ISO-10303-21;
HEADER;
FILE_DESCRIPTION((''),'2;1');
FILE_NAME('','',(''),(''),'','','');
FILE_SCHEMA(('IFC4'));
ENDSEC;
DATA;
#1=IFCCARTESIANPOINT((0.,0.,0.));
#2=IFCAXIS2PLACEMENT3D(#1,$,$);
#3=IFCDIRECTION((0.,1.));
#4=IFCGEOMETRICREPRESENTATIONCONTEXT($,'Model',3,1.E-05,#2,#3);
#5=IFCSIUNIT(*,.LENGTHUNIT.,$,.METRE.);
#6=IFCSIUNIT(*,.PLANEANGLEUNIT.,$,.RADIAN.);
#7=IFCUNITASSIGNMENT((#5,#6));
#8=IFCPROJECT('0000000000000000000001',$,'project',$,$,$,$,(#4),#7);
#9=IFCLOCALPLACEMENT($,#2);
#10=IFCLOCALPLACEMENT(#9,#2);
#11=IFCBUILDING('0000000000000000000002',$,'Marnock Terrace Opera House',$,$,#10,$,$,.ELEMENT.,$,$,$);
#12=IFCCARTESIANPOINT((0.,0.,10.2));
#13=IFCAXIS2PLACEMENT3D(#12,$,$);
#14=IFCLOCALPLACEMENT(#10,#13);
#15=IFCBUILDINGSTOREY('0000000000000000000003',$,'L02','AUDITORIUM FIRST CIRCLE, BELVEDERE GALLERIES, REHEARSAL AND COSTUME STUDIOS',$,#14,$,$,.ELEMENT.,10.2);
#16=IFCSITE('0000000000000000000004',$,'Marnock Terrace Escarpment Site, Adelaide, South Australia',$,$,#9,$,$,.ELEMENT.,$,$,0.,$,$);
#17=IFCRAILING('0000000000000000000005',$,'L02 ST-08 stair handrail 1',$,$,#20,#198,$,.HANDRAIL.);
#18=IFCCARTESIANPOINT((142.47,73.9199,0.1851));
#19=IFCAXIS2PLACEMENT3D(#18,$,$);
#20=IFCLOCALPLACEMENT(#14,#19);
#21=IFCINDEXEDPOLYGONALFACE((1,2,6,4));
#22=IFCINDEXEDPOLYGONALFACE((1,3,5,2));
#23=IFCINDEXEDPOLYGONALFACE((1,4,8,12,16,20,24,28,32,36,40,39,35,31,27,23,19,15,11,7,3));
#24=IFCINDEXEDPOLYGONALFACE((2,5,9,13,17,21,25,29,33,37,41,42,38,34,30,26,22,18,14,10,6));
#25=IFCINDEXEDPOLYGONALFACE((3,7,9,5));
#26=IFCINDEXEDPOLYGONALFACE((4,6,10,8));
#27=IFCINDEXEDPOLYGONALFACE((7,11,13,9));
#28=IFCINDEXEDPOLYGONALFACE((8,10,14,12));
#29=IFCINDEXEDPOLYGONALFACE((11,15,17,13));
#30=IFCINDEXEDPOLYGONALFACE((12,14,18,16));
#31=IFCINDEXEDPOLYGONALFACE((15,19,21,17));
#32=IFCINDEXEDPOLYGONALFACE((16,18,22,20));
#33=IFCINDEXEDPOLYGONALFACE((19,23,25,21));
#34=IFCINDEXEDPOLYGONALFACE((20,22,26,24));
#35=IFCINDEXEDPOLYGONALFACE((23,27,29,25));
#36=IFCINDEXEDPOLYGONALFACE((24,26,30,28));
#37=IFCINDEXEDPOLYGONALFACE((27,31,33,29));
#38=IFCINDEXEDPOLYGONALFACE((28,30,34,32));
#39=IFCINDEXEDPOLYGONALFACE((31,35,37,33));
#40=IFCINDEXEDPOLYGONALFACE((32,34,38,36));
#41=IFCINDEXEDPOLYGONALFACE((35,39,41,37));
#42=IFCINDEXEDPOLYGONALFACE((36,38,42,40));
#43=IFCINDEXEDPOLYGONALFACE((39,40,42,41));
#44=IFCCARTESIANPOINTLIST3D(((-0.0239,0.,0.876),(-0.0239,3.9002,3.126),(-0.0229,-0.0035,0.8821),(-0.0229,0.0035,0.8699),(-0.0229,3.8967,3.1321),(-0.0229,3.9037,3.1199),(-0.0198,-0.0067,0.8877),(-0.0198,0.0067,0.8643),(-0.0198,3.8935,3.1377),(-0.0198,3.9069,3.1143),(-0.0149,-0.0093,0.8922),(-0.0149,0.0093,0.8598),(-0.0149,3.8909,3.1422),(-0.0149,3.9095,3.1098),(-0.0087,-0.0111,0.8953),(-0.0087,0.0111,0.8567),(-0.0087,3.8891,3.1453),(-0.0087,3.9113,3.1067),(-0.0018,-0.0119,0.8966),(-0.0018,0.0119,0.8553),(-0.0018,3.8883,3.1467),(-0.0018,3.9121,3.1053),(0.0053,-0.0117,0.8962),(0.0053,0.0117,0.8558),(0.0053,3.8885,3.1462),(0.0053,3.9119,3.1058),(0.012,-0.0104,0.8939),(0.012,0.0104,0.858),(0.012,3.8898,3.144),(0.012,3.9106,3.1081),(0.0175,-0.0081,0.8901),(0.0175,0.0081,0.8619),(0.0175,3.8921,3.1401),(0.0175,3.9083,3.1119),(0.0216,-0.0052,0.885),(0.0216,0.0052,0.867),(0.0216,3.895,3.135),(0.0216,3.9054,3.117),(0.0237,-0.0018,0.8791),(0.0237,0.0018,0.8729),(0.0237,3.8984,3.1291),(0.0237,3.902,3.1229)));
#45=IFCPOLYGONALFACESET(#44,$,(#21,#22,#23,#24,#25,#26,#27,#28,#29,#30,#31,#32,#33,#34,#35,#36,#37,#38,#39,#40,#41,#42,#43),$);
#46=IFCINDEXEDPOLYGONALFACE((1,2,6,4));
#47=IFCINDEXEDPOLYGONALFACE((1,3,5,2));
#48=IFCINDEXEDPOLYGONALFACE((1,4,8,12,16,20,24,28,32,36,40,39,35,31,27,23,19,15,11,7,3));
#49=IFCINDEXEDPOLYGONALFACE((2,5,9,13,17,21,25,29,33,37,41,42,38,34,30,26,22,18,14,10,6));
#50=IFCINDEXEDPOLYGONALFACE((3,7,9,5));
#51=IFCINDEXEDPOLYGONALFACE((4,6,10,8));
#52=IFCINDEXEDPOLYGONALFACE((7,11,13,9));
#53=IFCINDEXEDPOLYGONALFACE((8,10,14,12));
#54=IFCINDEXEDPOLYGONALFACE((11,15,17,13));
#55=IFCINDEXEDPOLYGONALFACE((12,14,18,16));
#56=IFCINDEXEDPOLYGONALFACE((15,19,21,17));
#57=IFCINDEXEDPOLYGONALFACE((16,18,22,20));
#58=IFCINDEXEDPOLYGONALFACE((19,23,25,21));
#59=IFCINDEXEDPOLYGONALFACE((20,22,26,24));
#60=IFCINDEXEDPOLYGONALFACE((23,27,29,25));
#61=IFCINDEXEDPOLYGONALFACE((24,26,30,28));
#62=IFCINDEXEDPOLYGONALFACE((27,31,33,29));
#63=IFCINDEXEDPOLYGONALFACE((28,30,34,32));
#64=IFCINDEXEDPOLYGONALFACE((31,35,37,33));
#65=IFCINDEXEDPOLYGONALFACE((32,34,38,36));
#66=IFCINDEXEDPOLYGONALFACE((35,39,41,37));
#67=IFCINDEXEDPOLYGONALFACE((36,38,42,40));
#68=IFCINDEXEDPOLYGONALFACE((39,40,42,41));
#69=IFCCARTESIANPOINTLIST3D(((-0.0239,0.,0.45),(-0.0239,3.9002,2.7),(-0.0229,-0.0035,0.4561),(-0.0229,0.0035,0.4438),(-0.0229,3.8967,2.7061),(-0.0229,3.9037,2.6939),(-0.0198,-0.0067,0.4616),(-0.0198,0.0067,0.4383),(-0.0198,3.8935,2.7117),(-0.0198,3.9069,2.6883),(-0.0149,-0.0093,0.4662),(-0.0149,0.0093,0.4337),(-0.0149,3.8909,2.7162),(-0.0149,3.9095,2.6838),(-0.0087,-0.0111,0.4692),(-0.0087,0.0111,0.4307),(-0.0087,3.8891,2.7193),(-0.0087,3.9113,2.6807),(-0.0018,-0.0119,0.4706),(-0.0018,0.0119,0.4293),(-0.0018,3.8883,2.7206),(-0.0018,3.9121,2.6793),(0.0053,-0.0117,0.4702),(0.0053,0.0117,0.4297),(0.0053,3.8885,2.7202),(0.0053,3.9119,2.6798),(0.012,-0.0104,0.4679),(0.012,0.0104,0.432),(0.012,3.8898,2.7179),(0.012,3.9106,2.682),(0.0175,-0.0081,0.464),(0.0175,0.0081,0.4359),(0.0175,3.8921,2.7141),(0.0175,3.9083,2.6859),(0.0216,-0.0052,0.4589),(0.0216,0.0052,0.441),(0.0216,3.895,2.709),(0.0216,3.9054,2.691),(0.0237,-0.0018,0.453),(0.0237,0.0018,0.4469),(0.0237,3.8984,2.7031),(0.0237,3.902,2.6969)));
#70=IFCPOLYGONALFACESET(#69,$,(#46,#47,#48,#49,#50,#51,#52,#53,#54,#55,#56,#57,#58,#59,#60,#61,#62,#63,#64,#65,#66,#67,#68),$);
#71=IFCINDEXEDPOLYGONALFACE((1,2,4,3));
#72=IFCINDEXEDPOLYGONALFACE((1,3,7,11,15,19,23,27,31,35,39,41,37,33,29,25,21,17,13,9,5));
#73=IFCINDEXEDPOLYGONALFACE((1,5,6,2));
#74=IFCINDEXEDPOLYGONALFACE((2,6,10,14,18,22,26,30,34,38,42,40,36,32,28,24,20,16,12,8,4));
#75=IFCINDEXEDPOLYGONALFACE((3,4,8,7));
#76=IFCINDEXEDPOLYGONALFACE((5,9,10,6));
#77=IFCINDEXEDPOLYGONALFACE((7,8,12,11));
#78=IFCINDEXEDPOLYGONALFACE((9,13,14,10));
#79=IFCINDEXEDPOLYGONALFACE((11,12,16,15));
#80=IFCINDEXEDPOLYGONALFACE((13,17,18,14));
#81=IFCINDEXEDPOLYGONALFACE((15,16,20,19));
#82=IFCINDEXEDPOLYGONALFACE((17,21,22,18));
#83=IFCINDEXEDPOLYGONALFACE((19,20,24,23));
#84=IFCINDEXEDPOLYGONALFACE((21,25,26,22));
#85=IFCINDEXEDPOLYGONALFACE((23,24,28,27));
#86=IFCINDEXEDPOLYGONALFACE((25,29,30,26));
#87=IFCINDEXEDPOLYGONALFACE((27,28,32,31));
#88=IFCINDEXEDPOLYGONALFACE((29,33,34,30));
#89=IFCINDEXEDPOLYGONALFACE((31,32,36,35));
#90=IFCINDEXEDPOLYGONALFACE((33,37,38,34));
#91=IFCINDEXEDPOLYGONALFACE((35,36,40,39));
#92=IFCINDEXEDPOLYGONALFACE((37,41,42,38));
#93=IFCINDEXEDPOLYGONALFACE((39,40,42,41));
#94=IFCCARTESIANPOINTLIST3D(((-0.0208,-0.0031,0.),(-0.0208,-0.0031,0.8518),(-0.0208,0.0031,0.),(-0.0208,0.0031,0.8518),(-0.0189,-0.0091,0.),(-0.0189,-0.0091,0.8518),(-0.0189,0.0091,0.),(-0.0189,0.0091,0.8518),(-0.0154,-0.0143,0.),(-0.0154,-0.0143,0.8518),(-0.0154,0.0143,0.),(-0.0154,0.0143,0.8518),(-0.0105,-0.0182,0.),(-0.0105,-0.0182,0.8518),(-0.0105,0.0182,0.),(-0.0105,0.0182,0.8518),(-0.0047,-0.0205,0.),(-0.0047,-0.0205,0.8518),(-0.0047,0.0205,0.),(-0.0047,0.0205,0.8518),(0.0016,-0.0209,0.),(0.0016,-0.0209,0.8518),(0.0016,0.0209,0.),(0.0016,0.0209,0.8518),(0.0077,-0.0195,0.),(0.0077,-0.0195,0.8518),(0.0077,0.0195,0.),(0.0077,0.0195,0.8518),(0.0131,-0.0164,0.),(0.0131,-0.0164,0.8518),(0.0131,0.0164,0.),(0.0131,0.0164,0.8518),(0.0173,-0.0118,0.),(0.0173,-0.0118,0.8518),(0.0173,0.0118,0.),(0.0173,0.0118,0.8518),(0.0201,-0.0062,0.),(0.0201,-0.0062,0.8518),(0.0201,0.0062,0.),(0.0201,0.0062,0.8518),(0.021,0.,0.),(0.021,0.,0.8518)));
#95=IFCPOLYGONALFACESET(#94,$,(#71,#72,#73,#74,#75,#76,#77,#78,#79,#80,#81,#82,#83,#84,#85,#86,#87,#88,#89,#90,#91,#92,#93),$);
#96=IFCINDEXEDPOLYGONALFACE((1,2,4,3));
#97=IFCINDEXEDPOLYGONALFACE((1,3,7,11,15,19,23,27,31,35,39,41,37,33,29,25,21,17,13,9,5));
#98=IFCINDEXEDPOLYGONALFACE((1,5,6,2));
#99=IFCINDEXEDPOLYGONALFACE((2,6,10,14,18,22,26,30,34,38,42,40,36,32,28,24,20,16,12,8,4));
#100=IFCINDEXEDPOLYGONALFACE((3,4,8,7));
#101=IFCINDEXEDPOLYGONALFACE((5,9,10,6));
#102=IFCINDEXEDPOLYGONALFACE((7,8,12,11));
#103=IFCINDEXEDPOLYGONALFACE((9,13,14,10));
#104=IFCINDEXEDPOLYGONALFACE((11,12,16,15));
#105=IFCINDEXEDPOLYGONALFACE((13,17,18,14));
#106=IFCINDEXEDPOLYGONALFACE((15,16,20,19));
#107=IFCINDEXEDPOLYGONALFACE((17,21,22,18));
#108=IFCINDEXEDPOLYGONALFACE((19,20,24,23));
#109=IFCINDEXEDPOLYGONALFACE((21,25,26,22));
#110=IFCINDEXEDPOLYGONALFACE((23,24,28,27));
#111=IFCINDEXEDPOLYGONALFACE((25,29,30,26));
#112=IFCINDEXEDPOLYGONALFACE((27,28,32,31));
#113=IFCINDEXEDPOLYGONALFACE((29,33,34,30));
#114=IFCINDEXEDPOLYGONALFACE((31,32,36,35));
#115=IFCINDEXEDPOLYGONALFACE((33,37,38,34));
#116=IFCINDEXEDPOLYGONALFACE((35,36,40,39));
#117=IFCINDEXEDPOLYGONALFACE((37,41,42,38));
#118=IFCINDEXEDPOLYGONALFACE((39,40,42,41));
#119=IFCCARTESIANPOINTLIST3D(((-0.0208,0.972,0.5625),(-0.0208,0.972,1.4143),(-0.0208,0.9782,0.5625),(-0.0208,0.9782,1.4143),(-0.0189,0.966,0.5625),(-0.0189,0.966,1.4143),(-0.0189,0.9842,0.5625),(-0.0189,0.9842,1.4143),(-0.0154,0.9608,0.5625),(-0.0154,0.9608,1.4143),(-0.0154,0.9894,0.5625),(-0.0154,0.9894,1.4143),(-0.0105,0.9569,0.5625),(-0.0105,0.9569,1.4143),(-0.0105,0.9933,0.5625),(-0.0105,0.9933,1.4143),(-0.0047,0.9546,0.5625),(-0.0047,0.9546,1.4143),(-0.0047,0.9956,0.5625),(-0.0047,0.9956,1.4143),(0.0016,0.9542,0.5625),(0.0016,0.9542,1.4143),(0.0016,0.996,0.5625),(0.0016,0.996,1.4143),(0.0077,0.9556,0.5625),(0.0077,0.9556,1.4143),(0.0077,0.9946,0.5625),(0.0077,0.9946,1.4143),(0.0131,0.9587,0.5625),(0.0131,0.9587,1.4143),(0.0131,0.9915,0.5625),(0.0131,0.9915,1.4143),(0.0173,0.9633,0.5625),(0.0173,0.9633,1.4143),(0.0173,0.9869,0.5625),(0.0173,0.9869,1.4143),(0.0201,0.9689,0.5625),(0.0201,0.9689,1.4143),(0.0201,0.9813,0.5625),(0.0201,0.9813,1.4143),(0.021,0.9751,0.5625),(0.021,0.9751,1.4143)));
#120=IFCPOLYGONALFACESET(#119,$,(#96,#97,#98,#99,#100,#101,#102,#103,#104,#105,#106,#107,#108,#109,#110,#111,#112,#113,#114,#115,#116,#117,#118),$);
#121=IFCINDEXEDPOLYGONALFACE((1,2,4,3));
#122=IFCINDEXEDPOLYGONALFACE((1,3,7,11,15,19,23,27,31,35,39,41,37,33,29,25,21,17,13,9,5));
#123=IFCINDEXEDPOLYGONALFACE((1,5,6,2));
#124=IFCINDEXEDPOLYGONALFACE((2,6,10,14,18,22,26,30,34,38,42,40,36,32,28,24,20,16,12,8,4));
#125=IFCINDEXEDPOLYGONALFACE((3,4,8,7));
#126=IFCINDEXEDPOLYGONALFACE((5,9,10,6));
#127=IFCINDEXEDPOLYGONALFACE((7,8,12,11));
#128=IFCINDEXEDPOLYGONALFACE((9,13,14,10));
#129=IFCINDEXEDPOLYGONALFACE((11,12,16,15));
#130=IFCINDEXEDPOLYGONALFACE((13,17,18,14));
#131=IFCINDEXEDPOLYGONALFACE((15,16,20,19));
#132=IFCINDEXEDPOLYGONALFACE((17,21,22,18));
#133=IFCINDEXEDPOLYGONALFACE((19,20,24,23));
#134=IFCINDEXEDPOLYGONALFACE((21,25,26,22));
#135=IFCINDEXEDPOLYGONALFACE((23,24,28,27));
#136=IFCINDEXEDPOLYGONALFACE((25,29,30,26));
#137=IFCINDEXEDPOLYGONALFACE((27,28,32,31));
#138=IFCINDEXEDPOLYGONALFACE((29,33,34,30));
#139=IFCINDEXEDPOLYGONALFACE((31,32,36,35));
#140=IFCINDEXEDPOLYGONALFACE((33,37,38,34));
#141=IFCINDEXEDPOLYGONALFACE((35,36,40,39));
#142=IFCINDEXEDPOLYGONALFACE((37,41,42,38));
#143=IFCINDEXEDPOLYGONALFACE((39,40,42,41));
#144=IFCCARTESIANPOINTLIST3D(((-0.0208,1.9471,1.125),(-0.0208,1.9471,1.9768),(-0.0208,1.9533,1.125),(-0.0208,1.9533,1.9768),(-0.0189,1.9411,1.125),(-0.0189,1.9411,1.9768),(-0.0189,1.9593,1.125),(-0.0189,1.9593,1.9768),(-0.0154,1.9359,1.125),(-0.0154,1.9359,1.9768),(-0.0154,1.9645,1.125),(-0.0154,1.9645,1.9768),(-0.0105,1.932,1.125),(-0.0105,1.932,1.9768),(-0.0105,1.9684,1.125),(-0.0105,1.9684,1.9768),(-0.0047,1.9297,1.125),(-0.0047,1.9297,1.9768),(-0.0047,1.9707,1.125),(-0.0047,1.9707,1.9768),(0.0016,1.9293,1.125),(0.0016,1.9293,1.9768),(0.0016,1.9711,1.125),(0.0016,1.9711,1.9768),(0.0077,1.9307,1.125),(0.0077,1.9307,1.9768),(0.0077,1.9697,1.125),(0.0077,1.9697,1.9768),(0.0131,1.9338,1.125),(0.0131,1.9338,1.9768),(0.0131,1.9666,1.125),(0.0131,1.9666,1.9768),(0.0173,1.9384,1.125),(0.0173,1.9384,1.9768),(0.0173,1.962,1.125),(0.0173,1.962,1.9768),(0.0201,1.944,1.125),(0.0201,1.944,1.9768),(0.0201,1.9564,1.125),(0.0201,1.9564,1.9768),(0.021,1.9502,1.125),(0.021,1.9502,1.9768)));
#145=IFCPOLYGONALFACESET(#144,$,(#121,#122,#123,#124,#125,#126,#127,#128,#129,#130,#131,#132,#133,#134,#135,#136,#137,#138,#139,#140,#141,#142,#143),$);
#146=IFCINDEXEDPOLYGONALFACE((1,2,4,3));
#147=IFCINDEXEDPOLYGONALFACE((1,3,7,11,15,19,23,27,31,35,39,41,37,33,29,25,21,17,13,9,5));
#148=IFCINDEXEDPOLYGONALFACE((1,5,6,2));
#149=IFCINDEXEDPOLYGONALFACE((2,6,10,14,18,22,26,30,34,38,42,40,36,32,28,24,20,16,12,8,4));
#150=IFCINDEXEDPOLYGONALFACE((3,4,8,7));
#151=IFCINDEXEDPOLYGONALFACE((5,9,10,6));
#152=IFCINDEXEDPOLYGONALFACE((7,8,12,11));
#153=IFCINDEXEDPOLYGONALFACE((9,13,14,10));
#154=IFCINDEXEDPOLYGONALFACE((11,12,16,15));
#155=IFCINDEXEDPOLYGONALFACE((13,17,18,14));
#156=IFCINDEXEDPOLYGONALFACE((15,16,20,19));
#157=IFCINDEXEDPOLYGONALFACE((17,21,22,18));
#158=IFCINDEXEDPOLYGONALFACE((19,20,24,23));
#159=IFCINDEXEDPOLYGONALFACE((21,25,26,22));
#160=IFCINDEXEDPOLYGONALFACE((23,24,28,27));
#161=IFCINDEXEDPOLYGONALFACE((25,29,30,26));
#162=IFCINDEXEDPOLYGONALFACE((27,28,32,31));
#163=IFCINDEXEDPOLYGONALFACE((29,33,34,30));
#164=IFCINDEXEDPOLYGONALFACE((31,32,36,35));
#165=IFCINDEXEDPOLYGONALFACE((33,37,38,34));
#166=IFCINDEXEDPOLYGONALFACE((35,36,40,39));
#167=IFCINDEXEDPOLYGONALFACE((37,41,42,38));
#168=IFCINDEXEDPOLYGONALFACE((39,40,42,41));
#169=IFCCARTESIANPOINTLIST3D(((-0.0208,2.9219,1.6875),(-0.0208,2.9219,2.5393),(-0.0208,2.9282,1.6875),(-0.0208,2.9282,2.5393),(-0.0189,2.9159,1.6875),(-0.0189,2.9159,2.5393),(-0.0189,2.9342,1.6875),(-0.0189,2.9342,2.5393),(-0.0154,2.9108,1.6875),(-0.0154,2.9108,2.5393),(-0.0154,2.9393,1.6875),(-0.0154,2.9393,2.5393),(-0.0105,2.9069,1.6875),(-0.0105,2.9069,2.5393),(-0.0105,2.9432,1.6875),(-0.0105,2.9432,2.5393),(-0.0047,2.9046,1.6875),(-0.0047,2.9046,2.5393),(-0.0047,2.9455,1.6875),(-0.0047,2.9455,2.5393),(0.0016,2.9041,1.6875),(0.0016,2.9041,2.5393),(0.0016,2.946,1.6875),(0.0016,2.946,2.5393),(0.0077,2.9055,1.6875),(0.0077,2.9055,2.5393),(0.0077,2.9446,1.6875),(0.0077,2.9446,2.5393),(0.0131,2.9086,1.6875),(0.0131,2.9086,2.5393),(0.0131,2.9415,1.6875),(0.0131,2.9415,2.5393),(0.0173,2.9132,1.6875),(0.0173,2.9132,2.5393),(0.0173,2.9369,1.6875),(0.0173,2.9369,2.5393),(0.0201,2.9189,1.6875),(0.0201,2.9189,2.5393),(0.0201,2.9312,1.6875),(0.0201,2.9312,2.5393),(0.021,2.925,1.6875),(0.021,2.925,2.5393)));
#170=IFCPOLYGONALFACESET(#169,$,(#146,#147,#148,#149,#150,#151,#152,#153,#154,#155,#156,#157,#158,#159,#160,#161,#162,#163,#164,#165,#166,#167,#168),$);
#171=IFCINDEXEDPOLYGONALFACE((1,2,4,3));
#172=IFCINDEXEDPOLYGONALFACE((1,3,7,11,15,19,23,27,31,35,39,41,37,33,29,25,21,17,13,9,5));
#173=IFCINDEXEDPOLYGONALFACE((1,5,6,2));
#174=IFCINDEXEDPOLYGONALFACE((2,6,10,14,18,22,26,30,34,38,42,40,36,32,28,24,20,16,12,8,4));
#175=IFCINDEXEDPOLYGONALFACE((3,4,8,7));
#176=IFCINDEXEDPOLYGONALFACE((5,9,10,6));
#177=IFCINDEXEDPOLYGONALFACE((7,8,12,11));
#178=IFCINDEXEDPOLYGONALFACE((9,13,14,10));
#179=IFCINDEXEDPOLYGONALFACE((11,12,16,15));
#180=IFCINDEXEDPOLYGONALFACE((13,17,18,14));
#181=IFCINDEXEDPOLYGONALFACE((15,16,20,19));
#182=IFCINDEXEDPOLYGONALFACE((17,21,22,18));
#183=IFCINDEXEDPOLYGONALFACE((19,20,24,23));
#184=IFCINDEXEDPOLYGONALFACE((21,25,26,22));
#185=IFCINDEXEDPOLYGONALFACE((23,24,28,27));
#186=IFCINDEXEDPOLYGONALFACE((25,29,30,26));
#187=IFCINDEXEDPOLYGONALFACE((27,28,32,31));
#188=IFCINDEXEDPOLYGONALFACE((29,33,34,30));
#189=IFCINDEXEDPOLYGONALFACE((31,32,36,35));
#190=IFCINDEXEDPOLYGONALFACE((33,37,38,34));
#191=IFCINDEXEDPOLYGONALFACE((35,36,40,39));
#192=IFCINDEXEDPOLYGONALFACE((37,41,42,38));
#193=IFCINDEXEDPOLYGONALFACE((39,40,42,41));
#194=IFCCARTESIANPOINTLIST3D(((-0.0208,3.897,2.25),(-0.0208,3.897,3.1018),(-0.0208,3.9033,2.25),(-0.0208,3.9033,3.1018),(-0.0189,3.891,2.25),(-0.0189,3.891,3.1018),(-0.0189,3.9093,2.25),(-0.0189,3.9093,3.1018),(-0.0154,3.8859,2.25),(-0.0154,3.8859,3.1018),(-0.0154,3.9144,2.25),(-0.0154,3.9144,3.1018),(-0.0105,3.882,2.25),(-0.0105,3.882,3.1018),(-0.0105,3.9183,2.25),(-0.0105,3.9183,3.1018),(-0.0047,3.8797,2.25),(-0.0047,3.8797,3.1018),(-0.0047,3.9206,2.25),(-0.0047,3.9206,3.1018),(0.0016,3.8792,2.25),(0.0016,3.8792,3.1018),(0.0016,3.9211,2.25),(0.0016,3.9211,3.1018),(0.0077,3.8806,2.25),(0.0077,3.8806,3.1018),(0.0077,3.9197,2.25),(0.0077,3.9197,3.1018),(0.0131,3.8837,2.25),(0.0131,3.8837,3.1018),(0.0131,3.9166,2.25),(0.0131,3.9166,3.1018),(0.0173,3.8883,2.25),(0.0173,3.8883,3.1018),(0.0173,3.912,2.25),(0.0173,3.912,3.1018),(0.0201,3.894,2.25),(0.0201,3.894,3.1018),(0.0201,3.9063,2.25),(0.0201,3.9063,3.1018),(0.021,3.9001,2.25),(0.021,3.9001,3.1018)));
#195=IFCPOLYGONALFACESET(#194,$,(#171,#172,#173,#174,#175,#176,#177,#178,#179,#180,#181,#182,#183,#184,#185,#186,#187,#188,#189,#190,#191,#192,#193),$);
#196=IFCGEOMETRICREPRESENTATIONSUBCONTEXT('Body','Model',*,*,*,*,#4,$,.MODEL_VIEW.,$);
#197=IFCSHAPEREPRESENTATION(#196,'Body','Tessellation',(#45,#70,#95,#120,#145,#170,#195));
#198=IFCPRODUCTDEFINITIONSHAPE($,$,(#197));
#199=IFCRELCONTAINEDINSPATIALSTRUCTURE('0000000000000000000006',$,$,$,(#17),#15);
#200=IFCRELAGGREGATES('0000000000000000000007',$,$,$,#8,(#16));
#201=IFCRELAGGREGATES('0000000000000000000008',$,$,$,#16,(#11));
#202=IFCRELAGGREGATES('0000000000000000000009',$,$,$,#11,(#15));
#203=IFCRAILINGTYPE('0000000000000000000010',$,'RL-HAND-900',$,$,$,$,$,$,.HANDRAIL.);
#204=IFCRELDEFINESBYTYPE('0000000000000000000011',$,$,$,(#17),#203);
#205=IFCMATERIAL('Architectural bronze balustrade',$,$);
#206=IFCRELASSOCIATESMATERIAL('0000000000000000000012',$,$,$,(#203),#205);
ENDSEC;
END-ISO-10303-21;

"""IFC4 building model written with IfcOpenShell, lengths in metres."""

from ifc_helpers import new_model, si_unit, direction, frame, origin, origin_2d, place, context, subcontext, project, spatial, circle, extrude, material, type_object, element, save


model = new_model("IFC4")

# Units and contexts
model_context = context("Model", 3, precision=1e-05, world=origin(), true_north=direction((0.0, 1.0)))
body_context = subcontext(model_context, "Body", "Model", "MODEL_VIEW")
ifc_project = project(units=[si_unit("LENGTHUNIT", "METRE"), si_unit("PLANEANGLEUNIT", "RADIAN")], contexts=[model_context])

# Site, building, storey
site_placement = place(None, origin())
site = spatial("IfcSite", under=ifc_project, at=site_placement, Name="Marnock Terrace Escarpment Site, Adelaide, South Australia", CompositionType="ELEMENT", RefElevation=0.0)
building_placement = place(site_placement, origin())
building = spatial("IfcBuilding", under=site, at=building_placement, Name="Marnock Terrace Opera House", CompositionType="ELEMENT")
storey_placement = place(building_placement, frame((0.0, 0.0, 10.2)))
storey = spatial("IfcBuildingStorey", under=building, at=storey_placement, Name="L02", Description="AUDITORIUM FIRST CIRCLE, BELVEDERE GALLERIES, REHEARSAL AND COSTUME STUDIOS", CompositionType="ELEMENT", Elevation=10.2)

# Railing
ifc_material_1 = material(Name="Architectural bronze balustrade")
railing_type = type_object("IfcRailingType", Name="RL-HAND-900", PredefinedType="HANDRAIL", material=ifc_material_1)
railing_placement = place(storey_placement, frame((142.47, 73.9199, 0.1851)))
element("IfcRailing", 1, at=railing_placement, inside=storey, type_object=railing_type, Name="L02 ST-08 stair handrail 1", PredefinedType="HANDRAIL", context=body_context, shape_type="SweptSolid", body=[
    extrude(circle(Radius=0.0239, at=origin_2d()), frame((0.0, 0.0, 0.876), z_axis=(0.0, 0.866194, 0.499708), x_axis=(-1.0, 0.0, 0.0)), (0.0, 0.0, 1.0), 4.5027),
    extrude(circle(Radius=0.0239, at=origin_2d()), frame((0.0, 0.0, 0.45), z_axis=(0.0, 0.866194, 0.499708), x_axis=(-1.0, 0.0, 0.0)), (0.0, 0.0, 1.0), 4.5027),
    extrude(circle(Radius=0.021, at=origin_2d()), origin(), (0.0, 0.0, 1.0), 0.8518),
    extrude(circle(Radius=0.021, at=origin_2d()), frame((0.0, 0.9751, 0.5625)), (0.0, 0.0, 1.0), 0.8518),
    extrude(circle(Radius=0.021, at=origin_2d()), frame((0.0, 1.9502, 1.125)), (0.0, 0.0, 1.0), 0.8518),
    extrude(circle(Radius=0.021, at=origin_2d()), frame((0.0, 2.925, 1.6875)), (0.0, 0.0, 1.0), 0.8518),
    extrude(circle(Radius=0.021, at=origin_2d()), frame((0.0, 3.9001, 2.25)), (0.0, 0.0, 1.0), 0.8518),
])

save(model, "model.ifc")
